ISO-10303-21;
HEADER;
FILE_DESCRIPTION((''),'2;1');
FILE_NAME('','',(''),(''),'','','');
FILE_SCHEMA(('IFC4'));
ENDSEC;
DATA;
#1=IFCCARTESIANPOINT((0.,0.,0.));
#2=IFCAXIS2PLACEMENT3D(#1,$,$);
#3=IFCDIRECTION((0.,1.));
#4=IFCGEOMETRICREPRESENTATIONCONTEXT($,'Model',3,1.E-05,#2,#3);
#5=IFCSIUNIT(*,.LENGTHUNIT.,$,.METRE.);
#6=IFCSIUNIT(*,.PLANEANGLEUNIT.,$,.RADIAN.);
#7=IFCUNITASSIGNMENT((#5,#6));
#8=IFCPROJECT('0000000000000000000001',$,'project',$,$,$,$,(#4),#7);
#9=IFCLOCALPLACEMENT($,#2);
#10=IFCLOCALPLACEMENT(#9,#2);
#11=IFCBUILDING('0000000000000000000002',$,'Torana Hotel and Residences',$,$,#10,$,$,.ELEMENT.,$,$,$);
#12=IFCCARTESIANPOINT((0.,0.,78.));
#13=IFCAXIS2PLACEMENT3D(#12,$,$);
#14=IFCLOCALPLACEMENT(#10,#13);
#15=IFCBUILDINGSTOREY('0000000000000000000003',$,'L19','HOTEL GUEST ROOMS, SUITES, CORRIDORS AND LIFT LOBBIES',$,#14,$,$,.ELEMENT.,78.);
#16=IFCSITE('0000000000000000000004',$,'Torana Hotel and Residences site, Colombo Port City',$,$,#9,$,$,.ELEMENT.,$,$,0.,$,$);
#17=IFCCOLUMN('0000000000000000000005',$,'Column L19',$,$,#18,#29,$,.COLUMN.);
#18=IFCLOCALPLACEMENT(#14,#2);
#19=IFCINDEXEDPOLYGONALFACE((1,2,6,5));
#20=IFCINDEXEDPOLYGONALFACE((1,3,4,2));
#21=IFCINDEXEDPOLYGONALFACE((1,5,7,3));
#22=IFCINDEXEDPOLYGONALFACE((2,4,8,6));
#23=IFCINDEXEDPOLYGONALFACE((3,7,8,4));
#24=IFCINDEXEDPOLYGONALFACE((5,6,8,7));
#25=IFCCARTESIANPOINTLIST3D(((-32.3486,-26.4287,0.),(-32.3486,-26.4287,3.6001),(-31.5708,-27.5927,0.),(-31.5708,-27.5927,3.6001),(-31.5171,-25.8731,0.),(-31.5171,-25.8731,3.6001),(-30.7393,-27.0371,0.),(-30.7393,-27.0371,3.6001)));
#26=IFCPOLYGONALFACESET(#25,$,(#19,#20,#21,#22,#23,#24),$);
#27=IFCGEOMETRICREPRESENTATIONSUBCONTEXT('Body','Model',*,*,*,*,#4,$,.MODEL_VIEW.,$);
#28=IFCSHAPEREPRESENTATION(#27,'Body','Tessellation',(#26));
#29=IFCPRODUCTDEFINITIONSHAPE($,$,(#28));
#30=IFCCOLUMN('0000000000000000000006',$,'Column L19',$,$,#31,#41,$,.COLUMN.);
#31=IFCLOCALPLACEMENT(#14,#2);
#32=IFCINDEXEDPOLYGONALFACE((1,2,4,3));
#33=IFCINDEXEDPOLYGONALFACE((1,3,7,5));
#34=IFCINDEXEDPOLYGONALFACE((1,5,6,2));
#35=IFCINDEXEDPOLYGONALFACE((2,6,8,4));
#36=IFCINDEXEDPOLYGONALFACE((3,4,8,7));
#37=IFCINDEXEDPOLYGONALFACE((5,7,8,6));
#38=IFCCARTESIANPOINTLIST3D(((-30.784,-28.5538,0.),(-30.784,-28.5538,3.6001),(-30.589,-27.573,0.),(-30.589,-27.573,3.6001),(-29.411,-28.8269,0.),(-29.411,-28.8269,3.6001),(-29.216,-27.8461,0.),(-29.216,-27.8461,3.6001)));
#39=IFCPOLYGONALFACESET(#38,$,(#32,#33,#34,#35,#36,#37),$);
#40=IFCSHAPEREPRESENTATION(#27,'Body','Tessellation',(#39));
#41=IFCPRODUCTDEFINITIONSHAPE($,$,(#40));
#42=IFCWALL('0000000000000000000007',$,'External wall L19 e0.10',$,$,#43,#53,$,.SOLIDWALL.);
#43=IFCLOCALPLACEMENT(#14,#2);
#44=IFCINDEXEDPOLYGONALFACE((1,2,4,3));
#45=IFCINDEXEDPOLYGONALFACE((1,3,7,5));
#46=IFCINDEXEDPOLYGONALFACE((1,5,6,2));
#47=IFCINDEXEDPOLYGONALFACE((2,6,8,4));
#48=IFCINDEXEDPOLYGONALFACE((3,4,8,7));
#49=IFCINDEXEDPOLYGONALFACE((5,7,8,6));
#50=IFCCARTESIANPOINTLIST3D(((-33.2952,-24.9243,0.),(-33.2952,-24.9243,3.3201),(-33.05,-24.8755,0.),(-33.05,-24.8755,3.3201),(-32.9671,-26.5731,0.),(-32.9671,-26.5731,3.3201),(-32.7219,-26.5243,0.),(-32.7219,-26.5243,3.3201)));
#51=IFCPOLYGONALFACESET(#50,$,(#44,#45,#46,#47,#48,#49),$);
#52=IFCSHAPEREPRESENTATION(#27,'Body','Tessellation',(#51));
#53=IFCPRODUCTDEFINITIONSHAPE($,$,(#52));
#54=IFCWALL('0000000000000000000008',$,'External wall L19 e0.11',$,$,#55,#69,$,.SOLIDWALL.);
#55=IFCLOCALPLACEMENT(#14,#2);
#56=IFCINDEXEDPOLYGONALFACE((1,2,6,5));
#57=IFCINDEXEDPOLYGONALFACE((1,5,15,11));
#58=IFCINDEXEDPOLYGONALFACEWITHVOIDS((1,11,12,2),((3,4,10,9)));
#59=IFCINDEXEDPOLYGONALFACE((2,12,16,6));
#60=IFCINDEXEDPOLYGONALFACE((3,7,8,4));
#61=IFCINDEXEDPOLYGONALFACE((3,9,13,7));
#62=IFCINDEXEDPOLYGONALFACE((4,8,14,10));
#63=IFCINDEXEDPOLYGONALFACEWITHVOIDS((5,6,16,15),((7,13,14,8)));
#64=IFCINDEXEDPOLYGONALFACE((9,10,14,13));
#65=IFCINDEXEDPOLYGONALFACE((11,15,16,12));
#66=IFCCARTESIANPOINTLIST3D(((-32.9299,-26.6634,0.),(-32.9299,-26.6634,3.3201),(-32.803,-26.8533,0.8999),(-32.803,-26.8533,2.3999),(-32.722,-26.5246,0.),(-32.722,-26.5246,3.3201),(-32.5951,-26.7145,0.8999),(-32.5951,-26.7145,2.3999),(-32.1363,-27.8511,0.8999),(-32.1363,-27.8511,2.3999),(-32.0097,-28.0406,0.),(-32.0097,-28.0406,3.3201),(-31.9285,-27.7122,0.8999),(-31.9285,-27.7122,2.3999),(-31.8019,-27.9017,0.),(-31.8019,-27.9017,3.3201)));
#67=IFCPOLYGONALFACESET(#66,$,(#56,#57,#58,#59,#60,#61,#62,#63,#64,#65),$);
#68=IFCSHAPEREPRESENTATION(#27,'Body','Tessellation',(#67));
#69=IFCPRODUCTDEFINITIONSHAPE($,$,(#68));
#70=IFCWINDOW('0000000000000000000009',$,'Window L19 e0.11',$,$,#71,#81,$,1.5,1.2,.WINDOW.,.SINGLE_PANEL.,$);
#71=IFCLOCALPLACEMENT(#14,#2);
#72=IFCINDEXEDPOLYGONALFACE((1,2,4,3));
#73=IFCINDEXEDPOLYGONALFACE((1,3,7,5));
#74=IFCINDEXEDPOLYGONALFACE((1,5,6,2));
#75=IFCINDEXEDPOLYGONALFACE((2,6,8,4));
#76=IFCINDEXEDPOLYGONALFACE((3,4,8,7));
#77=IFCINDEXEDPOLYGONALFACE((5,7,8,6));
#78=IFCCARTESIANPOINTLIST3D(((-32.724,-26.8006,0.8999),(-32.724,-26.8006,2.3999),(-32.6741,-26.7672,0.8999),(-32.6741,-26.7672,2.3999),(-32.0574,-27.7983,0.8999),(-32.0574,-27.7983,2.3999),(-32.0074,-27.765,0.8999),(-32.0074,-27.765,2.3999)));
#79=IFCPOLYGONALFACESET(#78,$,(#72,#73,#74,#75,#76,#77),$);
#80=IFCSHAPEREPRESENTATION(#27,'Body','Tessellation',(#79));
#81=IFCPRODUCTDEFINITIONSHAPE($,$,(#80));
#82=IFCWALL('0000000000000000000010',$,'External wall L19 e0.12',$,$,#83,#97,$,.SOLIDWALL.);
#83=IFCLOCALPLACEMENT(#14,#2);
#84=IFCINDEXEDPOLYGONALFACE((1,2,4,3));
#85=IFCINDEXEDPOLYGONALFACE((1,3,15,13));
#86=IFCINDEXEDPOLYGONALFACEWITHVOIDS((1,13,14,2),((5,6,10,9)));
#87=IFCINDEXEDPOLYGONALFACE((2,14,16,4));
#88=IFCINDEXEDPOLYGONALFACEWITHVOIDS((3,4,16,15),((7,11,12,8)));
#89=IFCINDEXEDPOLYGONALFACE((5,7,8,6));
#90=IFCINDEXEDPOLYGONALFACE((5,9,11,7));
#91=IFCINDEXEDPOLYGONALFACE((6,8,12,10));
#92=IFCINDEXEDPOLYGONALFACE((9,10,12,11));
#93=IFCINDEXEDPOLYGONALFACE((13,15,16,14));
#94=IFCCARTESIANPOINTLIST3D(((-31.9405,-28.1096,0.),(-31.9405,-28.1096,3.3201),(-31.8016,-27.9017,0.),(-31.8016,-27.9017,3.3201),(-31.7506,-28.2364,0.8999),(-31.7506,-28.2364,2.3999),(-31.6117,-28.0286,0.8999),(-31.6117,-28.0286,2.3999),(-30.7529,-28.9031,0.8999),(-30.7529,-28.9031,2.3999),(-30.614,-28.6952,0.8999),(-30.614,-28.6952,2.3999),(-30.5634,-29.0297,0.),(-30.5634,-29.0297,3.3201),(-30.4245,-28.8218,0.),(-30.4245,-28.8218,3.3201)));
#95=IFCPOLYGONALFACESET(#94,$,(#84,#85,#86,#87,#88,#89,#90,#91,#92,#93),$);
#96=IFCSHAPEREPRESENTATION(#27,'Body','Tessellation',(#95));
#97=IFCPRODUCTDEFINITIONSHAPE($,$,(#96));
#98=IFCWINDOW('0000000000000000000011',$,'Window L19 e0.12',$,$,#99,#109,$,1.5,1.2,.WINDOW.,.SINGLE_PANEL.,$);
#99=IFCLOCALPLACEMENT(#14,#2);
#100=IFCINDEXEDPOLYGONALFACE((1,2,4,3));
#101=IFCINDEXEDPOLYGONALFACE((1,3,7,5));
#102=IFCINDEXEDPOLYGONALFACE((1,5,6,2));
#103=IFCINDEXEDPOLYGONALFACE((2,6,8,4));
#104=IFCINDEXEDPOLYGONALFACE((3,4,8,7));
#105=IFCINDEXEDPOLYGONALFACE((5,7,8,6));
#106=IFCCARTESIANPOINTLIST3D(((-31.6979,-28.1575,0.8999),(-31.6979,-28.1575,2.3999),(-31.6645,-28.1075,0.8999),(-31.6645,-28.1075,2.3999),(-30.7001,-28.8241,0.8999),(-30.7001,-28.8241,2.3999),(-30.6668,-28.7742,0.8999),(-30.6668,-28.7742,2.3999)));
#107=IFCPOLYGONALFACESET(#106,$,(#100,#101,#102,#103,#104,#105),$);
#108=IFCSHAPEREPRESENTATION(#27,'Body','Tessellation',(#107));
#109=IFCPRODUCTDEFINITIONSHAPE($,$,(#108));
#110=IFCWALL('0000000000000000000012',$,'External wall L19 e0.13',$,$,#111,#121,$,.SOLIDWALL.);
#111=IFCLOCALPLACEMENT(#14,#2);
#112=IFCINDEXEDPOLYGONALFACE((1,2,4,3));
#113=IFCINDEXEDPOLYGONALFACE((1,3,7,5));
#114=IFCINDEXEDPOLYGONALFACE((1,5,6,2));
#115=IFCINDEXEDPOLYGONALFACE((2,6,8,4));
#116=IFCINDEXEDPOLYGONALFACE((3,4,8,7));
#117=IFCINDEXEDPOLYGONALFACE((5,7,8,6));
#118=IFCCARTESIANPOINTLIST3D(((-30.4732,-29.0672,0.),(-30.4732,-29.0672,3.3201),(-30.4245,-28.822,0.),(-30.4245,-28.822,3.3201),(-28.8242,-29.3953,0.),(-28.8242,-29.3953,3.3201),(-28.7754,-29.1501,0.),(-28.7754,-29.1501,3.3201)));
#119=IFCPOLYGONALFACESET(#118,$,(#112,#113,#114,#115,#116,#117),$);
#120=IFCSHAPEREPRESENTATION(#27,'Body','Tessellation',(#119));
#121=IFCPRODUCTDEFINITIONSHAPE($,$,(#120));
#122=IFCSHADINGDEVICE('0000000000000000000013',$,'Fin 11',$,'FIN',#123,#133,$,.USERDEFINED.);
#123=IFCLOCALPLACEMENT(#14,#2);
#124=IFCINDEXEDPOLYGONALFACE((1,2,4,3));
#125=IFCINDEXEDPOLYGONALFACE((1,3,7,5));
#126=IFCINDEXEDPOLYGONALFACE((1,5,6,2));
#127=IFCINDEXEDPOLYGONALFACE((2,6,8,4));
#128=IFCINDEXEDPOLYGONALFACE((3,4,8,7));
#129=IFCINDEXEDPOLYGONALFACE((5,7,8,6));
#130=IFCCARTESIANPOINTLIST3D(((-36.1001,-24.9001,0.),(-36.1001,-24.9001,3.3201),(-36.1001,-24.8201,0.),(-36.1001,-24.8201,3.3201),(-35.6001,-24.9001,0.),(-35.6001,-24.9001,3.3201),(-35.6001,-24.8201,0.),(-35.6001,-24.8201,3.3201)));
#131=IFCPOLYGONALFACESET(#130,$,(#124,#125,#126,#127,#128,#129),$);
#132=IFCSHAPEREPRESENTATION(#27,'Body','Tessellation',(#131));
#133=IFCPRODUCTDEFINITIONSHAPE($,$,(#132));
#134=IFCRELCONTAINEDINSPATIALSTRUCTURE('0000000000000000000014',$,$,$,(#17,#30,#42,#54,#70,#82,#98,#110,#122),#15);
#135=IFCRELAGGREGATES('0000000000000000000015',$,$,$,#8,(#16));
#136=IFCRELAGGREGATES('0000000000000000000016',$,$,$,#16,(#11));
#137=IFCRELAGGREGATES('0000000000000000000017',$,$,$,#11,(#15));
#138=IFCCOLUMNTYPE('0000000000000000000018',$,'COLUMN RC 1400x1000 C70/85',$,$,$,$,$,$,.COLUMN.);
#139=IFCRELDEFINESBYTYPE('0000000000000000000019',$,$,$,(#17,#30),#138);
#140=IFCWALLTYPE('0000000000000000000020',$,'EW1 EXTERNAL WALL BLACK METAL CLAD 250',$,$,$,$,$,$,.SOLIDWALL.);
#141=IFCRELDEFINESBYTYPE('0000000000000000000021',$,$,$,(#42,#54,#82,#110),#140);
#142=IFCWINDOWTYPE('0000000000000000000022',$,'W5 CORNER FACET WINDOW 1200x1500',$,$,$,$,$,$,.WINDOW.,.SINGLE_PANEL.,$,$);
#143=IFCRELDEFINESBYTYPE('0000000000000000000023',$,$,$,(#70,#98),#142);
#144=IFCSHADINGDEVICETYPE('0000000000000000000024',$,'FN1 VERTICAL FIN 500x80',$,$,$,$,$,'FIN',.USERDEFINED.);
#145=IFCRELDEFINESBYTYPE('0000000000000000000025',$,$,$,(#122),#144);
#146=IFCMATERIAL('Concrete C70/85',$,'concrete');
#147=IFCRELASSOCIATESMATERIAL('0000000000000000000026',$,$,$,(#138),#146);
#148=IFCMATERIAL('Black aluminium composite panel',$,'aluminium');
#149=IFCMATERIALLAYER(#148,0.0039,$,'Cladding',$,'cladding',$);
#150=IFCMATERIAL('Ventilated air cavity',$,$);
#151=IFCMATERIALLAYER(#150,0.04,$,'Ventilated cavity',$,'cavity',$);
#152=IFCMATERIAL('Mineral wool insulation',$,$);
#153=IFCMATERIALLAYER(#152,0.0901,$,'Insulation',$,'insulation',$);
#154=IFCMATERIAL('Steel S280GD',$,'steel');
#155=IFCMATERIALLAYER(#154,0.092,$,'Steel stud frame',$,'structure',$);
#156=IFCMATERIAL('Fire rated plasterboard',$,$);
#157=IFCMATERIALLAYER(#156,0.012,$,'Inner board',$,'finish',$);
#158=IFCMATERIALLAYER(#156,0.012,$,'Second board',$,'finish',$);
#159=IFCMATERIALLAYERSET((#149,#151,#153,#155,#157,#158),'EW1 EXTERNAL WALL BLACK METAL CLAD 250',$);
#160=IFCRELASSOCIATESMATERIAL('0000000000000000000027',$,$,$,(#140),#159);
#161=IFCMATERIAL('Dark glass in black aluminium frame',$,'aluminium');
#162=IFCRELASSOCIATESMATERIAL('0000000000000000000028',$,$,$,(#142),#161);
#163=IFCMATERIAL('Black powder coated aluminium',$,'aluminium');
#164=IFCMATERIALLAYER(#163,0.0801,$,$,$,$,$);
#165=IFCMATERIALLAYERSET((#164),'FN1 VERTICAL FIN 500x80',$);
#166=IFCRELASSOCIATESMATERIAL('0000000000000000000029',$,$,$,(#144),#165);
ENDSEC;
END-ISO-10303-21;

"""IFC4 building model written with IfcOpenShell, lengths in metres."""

from ifc_helpers import new_model, si_unit, direction, frame, frame_2d, origin, origin_2d, place, context, subcontext, project, spatial, rectangle, extrude, material, layer, layer_set, material_profile, profile_set, type_object, element, fill, save


model = new_model("IFC4")

# Units and contexts
model_context = context("Model", 3, precision=1e-05, world=origin(), true_north=direction((0.0, 1.0)))
body_context = subcontext(model_context, "Body", "Model", "MODEL_VIEW")
ifc_project = project(units=[si_unit("LENGTHUNIT", "METRE"), si_unit("PLANEANGLEUNIT", "RADIAN")], contexts=[model_context])

# Site, building, storey
site_placement = place(None, origin())
site = spatial("IfcSite", under=ifc_project, at=site_placement, Name="Torana Hotel and Residences site, Colombo Port City", CompositionType="ELEMENT", RefElevation=0.0)
building_placement = place(site_placement, origin())
building = spatial("IfcBuilding", under=site, at=building_placement, Name="Torana Hotel and Residences", CompositionType="ELEMENT")
storey_placement = place(building_placement, frame((0.0, 0.0, 78.0)))
storey = spatial("IfcBuildingStorey", under=building, at=storey_placement, Name="L19", Description="HOTEL GUEST ROOMS, SUITES, CORRIDORS AND LIFT LOBBIES", CompositionType="ELEMENT", Elevation=78.0)

# Columns
ifc_material_1 = material(Name="Concrete C70/85", Category="concrete")
ifc_material_profile = material_profile(ifc_material_1, rectangle(XDim=1.3999, YDim=1.0, at=origin_2d()), Name="RC 1400x1000")
ifc_profile_set = profile_set([ifc_material_profile], Name="Concrete C70/85")
column_type = type_object("IfcColumnType", Name="COLUMN RC 1400x1000 C70/85", PredefinedType="COLUMN", material=ifc_profile_set)
for number, where, z_axis, x_axis, name in (
    (1, (-31.5439, -26.7329, 0.0), (0.0, 0.0, 1.0), (-0.555585, 0.83146, 0.0), "Column L19"),
    (2, (-30.0, -28.2, 0.0), (0.0, 0.0, 1.0), (-0.980792, 0.195056, 0.0), "Column L19"),
):
    element("IfcColumn", number, at=place(storey_placement, frame(where, z_axis=z_axis, x_axis=x_axis)), inside=storey, type_object=column_type, Name=name, PredefinedType="COLUMN", context=body_context, shape_type="SweptSolid", body=[
        extrude(rectangle(XDim=1.3999, YDim=1.0, at=origin_2d()), origin(), (0.0, 0.0, 1.0), 3.6001),
    ])

# Wall
ifc_material_2 = material(Name="Black aluminium composite panel", Category="aluminium")
ifc_layer_1 = layer(ifc_material_2, 0.0039, Name="Cladding", Category="cladding")
ifc_material_3 = material(Name="Ventilated air cavity")
ifc_layer_2 = layer(ifc_material_3, 0.04, Name="Ventilated cavity", Category="cavity")
ifc_material_4 = material(Name="Mineral wool insulation")
ifc_layer_3 = layer(ifc_material_4, 0.0901, Name="Insulation", Category="insulation")
ifc_material_5 = material(Name="Steel S280GD", Category="steel")
ifc_layer_4 = layer(ifc_material_5, 0.092, Name="Steel stud frame", Category="structure")
ifc_material_6 = material(Name="Fire rated plasterboard")
ifc_layer_5 = layer(ifc_material_6, 0.012, Name="Inner board", Category="finish")
ifc_layer_6 = layer(ifc_material_6, 0.012, Name="Second board", Category="finish")
ifc_layer_set_1 = layer_set([ifc_layer_1, ifc_layer_2, ifc_layer_3, ifc_layer_4, ifc_layer_5, ifc_layer_6], Name="EW1 EXTERNAL WALL BLACK METAL CLAD 250")
wall_type = type_object("IfcWallType", Name="EW1 EXTERNAL WALL BLACK METAL CLAD 250", PredefinedType="SOLIDWALL", material=ifc_layer_set_1)
wall_1_placement = place(storey_placement, frame((-33.1726, -24.8999, 0.0), z_axis=(0.0, 0.0, 1.0), x_axis=(0.195167, -0.98077, 0.0)))
element("IfcWall", 3, at=wall_1_placement, inside=storey, type_object=wall_type, Name="External wall L19 e0.10", PredefinedType="SOLIDWALL", context=body_context, shape_type="SweptSolid", body=[
    extrude(rectangle(XDim=1.6812, YDim=0.25, at=frame_2d((0.8406, 0.0))), origin(), (0.0, 0.0, 1.0), 3.3201),
])

# Walls, openings, windows
wall_2_placement = place(storey_placement, frame((-32.8259, -26.594, 0.0), z_axis=(0.0, 0.0, 1.0), x_axis=(0.55555, -0.831483, 0.0)))
wall_2 = element("IfcWall", 4, at=wall_2_placement, inside=storey, type_object=wall_type, Name="External wall L19 e0.11", PredefinedType="SOLIDWALL", context=body_context, shape_type="SweptSolid", body=[
    extrude(rectangle(XDim=1.6562, YDim=0.25, at=frame_2d((0.8281, 0.0))), origin(), (0.0, 0.0, 1.0), 3.3201),
])
opening_1_placement = place(wall_2_placement, frame((0.2283, 0.0, 0.8999)))
opening_1 = element("IfcOpeningElement", 5, at=opening_1_placement, cuts=wall_2, PredefinedType="OPENING", context=body_context, shape_type="SweptSolid", body=[
    extrude(rectangle(XDim=1.2, YDim=1.5, at=frame_2d((0.6001, 0.75))), frame((0.0, 0.135, 0.0), z_axis=(0.0, -1.0, 0.0), x_axis=(1.0, 0.0, 0.0)), (0.0, 0.0, 1.0), 0.27),
])
ifc_material_7 = material(Name="Dark glass in black aluminium frame", Category="aluminium")
window_type = type_object("IfcWindowType", Name="W5 CORNER FACET WINDOW 1200x1500", PartitioningType="SINGLE_PANEL", PredefinedType="WINDOW", material=ifc_material_7)
window_1_placement = place(opening_1_placement, origin())
window_1 = element("IfcWindow", 6, at=window_1_placement, inside=storey, type_object=window_type, Name="Window L19 e0.11", OverallHeight=1.5, OverallWidth=1.2, PartitioningType="SINGLE_PANEL", PredefinedType="WINDOW", context=body_context, shape_type="SweptSolid", body=[
    extrude(rectangle(XDim=1.2, YDim=1.5, at=frame_2d((0.6001, 0.75))), frame((0.0, 0.03, 0.0), z_axis=(0.0, -1.0, 0.0), x_axis=(1.0, 0.0, 0.0)), (0.0, 0.0, 1.0), 0.0601),
])
fill(opening_1, window_1)
wall_3_placement = place(storey_placement, frame((-31.8711, -28.0056, 0.0), z_axis=(0.0, 0.0, 1.0), x_axis=(0.831483, -0.55555, 0.0)))
wall_3 = element("IfcWall", 7, at=wall_3_placement, inside=storey, type_object=wall_type, Name="External wall L19 e0.12", PredefinedType="SOLIDWALL", context=body_context, shape_type="SweptSolid", body=[
    extrude(rectangle(XDim=1.6562, YDim=0.25, at=frame_2d((0.8281, 0.0))), origin(), (0.0, 0.0, 1.0), 3.3201),
])
opening_2_placement = place(wall_3_placement, frame((0.2283, 0.0, 0.8999)))
opening_2 = element("IfcOpeningElement", 8, at=opening_2_placement, cuts=wall_3, PredefinedType="OPENING", context=body_context, shape_type="SweptSolid", body=[
    extrude(rectangle(XDim=1.2, YDim=1.5, at=frame_2d((0.6001, 0.75))), frame((0.0, 0.135, 0.0), z_axis=(0.0, -1.0, 0.0), x_axis=(1.0, 0.0, 0.0)), (0.0, 0.0, 1.0), 0.27),
])
window_2_placement = place(opening_2_placement, origin())
window_2 = element("IfcWindow", 9, at=window_2_placement, inside=storey, type_object=window_type, Name="Window L19 e0.12", OverallHeight=1.5, OverallWidth=1.2, PartitioningType="SINGLE_PANEL", PredefinedType="WINDOW", context=body_context, shape_type="SweptSolid", body=[
    extrude(rectangle(XDim=1.2, YDim=1.5, at=frame_2d((0.6001, 0.75))), frame((0.0, 0.03, 0.0), z_axis=(0.0, -1.0, 0.0), x_axis=(1.0, 0.0, 0.0)), (0.0, 0.0, 1.0), 0.0601),
])
fill(opening_2, window_2)

# Wall
wall_4_placement = place(storey_placement, frame((-30.449, -28.9446, 0.0), z_axis=(0.0, 0.0, 1.0), x_axis=(0.980776, -0.195139, 0.0)))
element("IfcWall", 10, at=wall_4_placement, inside=storey, type_object=wall_type, Name="External wall L19 e0.13", PredefinedType="SOLIDWALL", context=body_context, shape_type="SweptSolid", body=[
    extrude(rectangle(XDim=1.6814, YDim=0.25, at=frame_2d((0.8408, 0.0))), origin(), (0.0, 0.0, 1.0), 3.3201),
])

# Shading device
ifc_material_8 = material(Name="Black powder coated aluminium", Category="aluminium")
ifc_layer_7 = layer(ifc_material_8, 0.0801)
ifc_layer_set_2 = layer_set([ifc_layer_7], Name="FN1 VERTICAL FIN 500x80")
shading_device_type = type_object("IfcShadingDeviceType", Name="FN1 VERTICAL FIN 500x80", ElementType="FIN", PredefinedType="USERDEFINED", material=ifc_layer_set_2)
shading_device_placement = place(storey_placement, frame((-35.8501, -24.8601, 0.0), z_axis=(0.0, 0.0, 1.0), x_axis=(0.0, 1.0, 0.0)))
element("IfcShadingDevice", 11, at=shading_device_placement, inside=storey, type_object=shading_device_type, Name="Fin 11", ObjectType="FIN", PredefinedType="USERDEFINED", context=body_context, shape_type="SweptSolid", body=[
    extrude(rectangle(XDim=0.0801, YDim=0.5, at=origin_2d()), origin(), (0.0, 0.0, 1.0), 3.3201),
])

save(model, "model.ifc")
